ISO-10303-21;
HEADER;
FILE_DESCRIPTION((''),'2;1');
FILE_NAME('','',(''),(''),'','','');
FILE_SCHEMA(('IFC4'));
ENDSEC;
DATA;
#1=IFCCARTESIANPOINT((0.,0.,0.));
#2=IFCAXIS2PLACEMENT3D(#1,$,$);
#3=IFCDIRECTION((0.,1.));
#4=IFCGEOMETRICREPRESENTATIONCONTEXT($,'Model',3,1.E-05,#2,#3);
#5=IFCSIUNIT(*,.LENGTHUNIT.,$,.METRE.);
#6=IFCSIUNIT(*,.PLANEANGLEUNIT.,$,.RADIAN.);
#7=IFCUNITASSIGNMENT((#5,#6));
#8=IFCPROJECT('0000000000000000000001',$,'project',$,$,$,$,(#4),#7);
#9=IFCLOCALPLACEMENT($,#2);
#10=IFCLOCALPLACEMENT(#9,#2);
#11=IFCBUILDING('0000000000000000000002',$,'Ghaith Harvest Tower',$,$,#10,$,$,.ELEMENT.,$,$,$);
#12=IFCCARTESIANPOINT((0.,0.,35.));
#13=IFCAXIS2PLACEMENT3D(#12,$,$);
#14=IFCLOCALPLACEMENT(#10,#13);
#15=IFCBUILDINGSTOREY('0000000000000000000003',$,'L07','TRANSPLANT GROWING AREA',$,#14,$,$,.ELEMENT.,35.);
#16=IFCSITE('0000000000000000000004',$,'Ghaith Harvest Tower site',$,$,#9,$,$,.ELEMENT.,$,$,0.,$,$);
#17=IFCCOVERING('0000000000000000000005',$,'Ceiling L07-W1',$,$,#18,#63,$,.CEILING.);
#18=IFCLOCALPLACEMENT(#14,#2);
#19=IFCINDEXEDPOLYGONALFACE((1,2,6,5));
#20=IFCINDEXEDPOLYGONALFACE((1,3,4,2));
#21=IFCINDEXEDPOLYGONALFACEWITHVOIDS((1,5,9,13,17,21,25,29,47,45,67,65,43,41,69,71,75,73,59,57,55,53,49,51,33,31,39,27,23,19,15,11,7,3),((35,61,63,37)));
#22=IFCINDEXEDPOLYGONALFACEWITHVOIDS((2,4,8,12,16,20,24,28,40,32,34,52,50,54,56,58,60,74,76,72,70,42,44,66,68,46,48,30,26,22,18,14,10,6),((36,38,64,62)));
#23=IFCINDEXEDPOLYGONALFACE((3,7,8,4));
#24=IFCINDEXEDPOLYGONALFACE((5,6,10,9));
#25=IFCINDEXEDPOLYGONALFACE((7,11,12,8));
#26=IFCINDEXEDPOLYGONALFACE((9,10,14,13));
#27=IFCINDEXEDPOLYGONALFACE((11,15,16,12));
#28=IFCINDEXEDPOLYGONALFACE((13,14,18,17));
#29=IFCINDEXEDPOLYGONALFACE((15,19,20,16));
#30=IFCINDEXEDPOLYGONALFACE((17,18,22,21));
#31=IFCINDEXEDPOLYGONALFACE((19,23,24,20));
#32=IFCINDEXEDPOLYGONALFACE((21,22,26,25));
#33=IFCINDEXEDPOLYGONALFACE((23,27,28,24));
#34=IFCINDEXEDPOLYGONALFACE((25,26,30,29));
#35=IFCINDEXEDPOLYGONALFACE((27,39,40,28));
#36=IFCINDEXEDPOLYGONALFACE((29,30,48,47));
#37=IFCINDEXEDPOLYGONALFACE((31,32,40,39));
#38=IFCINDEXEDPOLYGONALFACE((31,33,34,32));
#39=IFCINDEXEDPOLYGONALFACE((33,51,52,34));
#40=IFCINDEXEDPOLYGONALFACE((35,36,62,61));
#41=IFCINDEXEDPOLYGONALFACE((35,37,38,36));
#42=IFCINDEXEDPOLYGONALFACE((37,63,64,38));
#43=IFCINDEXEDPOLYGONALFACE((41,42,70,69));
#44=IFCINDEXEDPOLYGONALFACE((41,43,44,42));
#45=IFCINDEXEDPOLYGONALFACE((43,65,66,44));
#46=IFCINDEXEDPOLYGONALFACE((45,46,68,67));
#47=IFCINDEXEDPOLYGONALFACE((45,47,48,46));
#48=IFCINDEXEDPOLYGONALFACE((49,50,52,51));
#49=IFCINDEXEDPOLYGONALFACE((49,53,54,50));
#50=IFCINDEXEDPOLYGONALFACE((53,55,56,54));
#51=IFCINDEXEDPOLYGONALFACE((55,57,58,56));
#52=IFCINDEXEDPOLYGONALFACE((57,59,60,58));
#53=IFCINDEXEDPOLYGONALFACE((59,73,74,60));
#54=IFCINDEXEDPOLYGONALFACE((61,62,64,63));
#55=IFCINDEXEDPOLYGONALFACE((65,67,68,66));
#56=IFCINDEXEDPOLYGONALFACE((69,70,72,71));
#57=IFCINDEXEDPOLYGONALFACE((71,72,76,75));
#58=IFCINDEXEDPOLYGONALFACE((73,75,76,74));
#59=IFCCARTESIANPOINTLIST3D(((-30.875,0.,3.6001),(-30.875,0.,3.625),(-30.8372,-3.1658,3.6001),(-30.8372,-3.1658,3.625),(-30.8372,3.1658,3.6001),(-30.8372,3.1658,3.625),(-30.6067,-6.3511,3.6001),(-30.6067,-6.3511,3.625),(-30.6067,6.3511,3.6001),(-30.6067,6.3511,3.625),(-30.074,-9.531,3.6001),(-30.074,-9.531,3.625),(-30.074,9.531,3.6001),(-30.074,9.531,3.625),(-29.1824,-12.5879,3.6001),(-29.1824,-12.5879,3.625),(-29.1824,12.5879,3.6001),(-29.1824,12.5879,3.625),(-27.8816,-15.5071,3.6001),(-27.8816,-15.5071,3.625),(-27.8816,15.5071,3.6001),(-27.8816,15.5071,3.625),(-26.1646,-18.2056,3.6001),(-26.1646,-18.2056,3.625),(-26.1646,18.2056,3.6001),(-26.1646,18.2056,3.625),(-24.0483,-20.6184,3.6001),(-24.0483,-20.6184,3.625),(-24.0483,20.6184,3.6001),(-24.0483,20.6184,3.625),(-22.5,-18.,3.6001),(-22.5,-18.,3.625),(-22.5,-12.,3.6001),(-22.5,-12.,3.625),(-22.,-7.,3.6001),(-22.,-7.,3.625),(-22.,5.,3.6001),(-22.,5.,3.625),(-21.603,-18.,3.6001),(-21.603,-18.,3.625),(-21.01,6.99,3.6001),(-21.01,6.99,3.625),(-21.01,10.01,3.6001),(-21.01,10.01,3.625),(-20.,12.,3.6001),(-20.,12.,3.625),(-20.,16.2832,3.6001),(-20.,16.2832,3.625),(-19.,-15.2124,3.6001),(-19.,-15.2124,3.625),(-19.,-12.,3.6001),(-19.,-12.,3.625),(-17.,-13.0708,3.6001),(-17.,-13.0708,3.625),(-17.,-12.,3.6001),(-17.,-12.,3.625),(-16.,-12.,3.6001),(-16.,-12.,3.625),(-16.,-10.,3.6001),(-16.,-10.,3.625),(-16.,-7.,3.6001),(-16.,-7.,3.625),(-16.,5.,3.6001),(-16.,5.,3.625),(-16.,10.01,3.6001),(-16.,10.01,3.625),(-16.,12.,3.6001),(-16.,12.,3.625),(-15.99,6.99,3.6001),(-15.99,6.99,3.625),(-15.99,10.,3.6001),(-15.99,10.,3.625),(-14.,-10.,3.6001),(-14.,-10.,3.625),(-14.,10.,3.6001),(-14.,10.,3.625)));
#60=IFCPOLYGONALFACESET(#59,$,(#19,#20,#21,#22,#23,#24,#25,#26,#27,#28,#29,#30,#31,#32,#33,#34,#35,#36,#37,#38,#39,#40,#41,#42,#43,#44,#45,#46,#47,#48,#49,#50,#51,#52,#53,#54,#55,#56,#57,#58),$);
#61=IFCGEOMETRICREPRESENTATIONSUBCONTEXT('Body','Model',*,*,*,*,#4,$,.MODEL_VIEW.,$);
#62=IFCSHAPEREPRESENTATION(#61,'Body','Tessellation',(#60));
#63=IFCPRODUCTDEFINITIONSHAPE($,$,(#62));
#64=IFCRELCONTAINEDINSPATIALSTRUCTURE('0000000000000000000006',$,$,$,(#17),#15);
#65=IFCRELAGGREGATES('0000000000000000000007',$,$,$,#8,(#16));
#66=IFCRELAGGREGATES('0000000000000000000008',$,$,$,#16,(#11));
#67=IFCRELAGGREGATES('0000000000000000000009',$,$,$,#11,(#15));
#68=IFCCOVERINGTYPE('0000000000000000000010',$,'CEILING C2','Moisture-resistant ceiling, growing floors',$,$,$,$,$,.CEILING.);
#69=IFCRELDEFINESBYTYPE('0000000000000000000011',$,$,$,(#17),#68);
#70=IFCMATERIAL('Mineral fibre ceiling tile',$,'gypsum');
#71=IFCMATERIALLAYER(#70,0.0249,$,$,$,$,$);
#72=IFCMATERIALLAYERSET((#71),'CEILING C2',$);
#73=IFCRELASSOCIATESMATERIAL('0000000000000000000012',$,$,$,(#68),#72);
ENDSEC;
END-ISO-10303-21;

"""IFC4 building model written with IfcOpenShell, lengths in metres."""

from ifc_helpers import new_model, si_unit, direction, frame, origin, place, context, subcontext, project, spatial, polyline, outline, extrude, material, layer, layer_set, type_object, element, save


model = new_model("IFC4")

# Units and contexts
model_context = context("Model", 3, precision=1e-05, world=origin(), true_north=direction((0.0, 1.0)))
body_context = subcontext(model_context, "Body", "Model", "MODEL_VIEW")
ifc_project = project(units=[si_unit("LENGTHUNIT", "METRE"), si_unit("PLANEANGLEUNIT", "RADIAN")], contexts=[model_context])

# Site, building, storey
site_placement = place(None, origin())
site = spatial("IfcSite", under=ifc_project, at=site_placement, Name="Ghaith Harvest Tower site", CompositionType="ELEMENT", RefElevation=0.0)
building_placement = place(site_placement, origin())
building = spatial("IfcBuilding", under=site, at=building_placement, Name="Ghaith Harvest Tower", CompositionType="ELEMENT")
storey_placement = place(building_placement, frame((0.0, 0.0, 35.0)))
storey = spatial("IfcBuildingStorey", under=building, at=storey_placement, Name="L07", Description="TRANSPLANT GROWING AREA", CompositionType="ELEMENT", Elevation=35.0)

# Covering
ifc_material_1 = material(Name="Mineral fibre ceiling tile", Category="gypsum")
ifc_layer_1 = layer(ifc_material_1, 0.0249)
ifc_layer_set_1 = layer_set([ifc_layer_1], Name="CEILING C2")
covering_type = type_object("IfcCoveringType", Name="CEILING C2", Description="Moisture-resistant ceiling, growing floors", PredefinedType="CEILING", material=ifc_layer_set_1)
covering_1_placement = place(storey_placement, frame((0.0, 0.0, 3.6001)))
element("IfcCovering", 1, at=covering_1_placement, inside=storey, type_object=covering_type, Name="Ceiling L07-W1", PredefinedType="CEILING", context=body_context, shape_type="SweptSolid", body=[
    extrude(outline(polyline([(-27.8816, -15.5071), (-29.1824, -12.5879), (-30.074, -9.531), (-30.6067, -6.3511), (-30.8372, -3.1658), (-30.875, 0.0), (-30.8372, 3.1658), (-30.6067, 6.3511), (-30.074, 9.531), (-29.1824, 12.5879), (-27.8816, 15.5071), (-26.1646, 18.2056), (-24.0483, 20.6184), (-20.0, 16.2832), (-20.0, 12.0), (-16.0, 12.0), (-16.0, 10.01), (-21.01, 10.01), (-21.01, 6.99), (-15.99, 6.99), (-15.99, 10.0), (-14.0, 10.0), (-14.0, -10.0), (-16.0, -10.0), (-16.0, -12.0), (-17.0, -12.0), (-17.0, -13.0708), (-19.0, -15.2124), (-19.0, -12.0), (-22.5, -12.0), (-22.5, -18.0), (-21.603, -18.0), (-24.0483, -20.6184), (-26.1646, -18.2056), (-27.8816, -15.5071)]), holes=[polyline([(-16.0, -7.0), (-16.0, 5.0), (-22.0, 5.0), (-22.0, -7.0), (-16.0, -7.0)])]), origin(), (0.0, 0.0, 1.0), 0.0249),
])

save(model, "model.ifc")
